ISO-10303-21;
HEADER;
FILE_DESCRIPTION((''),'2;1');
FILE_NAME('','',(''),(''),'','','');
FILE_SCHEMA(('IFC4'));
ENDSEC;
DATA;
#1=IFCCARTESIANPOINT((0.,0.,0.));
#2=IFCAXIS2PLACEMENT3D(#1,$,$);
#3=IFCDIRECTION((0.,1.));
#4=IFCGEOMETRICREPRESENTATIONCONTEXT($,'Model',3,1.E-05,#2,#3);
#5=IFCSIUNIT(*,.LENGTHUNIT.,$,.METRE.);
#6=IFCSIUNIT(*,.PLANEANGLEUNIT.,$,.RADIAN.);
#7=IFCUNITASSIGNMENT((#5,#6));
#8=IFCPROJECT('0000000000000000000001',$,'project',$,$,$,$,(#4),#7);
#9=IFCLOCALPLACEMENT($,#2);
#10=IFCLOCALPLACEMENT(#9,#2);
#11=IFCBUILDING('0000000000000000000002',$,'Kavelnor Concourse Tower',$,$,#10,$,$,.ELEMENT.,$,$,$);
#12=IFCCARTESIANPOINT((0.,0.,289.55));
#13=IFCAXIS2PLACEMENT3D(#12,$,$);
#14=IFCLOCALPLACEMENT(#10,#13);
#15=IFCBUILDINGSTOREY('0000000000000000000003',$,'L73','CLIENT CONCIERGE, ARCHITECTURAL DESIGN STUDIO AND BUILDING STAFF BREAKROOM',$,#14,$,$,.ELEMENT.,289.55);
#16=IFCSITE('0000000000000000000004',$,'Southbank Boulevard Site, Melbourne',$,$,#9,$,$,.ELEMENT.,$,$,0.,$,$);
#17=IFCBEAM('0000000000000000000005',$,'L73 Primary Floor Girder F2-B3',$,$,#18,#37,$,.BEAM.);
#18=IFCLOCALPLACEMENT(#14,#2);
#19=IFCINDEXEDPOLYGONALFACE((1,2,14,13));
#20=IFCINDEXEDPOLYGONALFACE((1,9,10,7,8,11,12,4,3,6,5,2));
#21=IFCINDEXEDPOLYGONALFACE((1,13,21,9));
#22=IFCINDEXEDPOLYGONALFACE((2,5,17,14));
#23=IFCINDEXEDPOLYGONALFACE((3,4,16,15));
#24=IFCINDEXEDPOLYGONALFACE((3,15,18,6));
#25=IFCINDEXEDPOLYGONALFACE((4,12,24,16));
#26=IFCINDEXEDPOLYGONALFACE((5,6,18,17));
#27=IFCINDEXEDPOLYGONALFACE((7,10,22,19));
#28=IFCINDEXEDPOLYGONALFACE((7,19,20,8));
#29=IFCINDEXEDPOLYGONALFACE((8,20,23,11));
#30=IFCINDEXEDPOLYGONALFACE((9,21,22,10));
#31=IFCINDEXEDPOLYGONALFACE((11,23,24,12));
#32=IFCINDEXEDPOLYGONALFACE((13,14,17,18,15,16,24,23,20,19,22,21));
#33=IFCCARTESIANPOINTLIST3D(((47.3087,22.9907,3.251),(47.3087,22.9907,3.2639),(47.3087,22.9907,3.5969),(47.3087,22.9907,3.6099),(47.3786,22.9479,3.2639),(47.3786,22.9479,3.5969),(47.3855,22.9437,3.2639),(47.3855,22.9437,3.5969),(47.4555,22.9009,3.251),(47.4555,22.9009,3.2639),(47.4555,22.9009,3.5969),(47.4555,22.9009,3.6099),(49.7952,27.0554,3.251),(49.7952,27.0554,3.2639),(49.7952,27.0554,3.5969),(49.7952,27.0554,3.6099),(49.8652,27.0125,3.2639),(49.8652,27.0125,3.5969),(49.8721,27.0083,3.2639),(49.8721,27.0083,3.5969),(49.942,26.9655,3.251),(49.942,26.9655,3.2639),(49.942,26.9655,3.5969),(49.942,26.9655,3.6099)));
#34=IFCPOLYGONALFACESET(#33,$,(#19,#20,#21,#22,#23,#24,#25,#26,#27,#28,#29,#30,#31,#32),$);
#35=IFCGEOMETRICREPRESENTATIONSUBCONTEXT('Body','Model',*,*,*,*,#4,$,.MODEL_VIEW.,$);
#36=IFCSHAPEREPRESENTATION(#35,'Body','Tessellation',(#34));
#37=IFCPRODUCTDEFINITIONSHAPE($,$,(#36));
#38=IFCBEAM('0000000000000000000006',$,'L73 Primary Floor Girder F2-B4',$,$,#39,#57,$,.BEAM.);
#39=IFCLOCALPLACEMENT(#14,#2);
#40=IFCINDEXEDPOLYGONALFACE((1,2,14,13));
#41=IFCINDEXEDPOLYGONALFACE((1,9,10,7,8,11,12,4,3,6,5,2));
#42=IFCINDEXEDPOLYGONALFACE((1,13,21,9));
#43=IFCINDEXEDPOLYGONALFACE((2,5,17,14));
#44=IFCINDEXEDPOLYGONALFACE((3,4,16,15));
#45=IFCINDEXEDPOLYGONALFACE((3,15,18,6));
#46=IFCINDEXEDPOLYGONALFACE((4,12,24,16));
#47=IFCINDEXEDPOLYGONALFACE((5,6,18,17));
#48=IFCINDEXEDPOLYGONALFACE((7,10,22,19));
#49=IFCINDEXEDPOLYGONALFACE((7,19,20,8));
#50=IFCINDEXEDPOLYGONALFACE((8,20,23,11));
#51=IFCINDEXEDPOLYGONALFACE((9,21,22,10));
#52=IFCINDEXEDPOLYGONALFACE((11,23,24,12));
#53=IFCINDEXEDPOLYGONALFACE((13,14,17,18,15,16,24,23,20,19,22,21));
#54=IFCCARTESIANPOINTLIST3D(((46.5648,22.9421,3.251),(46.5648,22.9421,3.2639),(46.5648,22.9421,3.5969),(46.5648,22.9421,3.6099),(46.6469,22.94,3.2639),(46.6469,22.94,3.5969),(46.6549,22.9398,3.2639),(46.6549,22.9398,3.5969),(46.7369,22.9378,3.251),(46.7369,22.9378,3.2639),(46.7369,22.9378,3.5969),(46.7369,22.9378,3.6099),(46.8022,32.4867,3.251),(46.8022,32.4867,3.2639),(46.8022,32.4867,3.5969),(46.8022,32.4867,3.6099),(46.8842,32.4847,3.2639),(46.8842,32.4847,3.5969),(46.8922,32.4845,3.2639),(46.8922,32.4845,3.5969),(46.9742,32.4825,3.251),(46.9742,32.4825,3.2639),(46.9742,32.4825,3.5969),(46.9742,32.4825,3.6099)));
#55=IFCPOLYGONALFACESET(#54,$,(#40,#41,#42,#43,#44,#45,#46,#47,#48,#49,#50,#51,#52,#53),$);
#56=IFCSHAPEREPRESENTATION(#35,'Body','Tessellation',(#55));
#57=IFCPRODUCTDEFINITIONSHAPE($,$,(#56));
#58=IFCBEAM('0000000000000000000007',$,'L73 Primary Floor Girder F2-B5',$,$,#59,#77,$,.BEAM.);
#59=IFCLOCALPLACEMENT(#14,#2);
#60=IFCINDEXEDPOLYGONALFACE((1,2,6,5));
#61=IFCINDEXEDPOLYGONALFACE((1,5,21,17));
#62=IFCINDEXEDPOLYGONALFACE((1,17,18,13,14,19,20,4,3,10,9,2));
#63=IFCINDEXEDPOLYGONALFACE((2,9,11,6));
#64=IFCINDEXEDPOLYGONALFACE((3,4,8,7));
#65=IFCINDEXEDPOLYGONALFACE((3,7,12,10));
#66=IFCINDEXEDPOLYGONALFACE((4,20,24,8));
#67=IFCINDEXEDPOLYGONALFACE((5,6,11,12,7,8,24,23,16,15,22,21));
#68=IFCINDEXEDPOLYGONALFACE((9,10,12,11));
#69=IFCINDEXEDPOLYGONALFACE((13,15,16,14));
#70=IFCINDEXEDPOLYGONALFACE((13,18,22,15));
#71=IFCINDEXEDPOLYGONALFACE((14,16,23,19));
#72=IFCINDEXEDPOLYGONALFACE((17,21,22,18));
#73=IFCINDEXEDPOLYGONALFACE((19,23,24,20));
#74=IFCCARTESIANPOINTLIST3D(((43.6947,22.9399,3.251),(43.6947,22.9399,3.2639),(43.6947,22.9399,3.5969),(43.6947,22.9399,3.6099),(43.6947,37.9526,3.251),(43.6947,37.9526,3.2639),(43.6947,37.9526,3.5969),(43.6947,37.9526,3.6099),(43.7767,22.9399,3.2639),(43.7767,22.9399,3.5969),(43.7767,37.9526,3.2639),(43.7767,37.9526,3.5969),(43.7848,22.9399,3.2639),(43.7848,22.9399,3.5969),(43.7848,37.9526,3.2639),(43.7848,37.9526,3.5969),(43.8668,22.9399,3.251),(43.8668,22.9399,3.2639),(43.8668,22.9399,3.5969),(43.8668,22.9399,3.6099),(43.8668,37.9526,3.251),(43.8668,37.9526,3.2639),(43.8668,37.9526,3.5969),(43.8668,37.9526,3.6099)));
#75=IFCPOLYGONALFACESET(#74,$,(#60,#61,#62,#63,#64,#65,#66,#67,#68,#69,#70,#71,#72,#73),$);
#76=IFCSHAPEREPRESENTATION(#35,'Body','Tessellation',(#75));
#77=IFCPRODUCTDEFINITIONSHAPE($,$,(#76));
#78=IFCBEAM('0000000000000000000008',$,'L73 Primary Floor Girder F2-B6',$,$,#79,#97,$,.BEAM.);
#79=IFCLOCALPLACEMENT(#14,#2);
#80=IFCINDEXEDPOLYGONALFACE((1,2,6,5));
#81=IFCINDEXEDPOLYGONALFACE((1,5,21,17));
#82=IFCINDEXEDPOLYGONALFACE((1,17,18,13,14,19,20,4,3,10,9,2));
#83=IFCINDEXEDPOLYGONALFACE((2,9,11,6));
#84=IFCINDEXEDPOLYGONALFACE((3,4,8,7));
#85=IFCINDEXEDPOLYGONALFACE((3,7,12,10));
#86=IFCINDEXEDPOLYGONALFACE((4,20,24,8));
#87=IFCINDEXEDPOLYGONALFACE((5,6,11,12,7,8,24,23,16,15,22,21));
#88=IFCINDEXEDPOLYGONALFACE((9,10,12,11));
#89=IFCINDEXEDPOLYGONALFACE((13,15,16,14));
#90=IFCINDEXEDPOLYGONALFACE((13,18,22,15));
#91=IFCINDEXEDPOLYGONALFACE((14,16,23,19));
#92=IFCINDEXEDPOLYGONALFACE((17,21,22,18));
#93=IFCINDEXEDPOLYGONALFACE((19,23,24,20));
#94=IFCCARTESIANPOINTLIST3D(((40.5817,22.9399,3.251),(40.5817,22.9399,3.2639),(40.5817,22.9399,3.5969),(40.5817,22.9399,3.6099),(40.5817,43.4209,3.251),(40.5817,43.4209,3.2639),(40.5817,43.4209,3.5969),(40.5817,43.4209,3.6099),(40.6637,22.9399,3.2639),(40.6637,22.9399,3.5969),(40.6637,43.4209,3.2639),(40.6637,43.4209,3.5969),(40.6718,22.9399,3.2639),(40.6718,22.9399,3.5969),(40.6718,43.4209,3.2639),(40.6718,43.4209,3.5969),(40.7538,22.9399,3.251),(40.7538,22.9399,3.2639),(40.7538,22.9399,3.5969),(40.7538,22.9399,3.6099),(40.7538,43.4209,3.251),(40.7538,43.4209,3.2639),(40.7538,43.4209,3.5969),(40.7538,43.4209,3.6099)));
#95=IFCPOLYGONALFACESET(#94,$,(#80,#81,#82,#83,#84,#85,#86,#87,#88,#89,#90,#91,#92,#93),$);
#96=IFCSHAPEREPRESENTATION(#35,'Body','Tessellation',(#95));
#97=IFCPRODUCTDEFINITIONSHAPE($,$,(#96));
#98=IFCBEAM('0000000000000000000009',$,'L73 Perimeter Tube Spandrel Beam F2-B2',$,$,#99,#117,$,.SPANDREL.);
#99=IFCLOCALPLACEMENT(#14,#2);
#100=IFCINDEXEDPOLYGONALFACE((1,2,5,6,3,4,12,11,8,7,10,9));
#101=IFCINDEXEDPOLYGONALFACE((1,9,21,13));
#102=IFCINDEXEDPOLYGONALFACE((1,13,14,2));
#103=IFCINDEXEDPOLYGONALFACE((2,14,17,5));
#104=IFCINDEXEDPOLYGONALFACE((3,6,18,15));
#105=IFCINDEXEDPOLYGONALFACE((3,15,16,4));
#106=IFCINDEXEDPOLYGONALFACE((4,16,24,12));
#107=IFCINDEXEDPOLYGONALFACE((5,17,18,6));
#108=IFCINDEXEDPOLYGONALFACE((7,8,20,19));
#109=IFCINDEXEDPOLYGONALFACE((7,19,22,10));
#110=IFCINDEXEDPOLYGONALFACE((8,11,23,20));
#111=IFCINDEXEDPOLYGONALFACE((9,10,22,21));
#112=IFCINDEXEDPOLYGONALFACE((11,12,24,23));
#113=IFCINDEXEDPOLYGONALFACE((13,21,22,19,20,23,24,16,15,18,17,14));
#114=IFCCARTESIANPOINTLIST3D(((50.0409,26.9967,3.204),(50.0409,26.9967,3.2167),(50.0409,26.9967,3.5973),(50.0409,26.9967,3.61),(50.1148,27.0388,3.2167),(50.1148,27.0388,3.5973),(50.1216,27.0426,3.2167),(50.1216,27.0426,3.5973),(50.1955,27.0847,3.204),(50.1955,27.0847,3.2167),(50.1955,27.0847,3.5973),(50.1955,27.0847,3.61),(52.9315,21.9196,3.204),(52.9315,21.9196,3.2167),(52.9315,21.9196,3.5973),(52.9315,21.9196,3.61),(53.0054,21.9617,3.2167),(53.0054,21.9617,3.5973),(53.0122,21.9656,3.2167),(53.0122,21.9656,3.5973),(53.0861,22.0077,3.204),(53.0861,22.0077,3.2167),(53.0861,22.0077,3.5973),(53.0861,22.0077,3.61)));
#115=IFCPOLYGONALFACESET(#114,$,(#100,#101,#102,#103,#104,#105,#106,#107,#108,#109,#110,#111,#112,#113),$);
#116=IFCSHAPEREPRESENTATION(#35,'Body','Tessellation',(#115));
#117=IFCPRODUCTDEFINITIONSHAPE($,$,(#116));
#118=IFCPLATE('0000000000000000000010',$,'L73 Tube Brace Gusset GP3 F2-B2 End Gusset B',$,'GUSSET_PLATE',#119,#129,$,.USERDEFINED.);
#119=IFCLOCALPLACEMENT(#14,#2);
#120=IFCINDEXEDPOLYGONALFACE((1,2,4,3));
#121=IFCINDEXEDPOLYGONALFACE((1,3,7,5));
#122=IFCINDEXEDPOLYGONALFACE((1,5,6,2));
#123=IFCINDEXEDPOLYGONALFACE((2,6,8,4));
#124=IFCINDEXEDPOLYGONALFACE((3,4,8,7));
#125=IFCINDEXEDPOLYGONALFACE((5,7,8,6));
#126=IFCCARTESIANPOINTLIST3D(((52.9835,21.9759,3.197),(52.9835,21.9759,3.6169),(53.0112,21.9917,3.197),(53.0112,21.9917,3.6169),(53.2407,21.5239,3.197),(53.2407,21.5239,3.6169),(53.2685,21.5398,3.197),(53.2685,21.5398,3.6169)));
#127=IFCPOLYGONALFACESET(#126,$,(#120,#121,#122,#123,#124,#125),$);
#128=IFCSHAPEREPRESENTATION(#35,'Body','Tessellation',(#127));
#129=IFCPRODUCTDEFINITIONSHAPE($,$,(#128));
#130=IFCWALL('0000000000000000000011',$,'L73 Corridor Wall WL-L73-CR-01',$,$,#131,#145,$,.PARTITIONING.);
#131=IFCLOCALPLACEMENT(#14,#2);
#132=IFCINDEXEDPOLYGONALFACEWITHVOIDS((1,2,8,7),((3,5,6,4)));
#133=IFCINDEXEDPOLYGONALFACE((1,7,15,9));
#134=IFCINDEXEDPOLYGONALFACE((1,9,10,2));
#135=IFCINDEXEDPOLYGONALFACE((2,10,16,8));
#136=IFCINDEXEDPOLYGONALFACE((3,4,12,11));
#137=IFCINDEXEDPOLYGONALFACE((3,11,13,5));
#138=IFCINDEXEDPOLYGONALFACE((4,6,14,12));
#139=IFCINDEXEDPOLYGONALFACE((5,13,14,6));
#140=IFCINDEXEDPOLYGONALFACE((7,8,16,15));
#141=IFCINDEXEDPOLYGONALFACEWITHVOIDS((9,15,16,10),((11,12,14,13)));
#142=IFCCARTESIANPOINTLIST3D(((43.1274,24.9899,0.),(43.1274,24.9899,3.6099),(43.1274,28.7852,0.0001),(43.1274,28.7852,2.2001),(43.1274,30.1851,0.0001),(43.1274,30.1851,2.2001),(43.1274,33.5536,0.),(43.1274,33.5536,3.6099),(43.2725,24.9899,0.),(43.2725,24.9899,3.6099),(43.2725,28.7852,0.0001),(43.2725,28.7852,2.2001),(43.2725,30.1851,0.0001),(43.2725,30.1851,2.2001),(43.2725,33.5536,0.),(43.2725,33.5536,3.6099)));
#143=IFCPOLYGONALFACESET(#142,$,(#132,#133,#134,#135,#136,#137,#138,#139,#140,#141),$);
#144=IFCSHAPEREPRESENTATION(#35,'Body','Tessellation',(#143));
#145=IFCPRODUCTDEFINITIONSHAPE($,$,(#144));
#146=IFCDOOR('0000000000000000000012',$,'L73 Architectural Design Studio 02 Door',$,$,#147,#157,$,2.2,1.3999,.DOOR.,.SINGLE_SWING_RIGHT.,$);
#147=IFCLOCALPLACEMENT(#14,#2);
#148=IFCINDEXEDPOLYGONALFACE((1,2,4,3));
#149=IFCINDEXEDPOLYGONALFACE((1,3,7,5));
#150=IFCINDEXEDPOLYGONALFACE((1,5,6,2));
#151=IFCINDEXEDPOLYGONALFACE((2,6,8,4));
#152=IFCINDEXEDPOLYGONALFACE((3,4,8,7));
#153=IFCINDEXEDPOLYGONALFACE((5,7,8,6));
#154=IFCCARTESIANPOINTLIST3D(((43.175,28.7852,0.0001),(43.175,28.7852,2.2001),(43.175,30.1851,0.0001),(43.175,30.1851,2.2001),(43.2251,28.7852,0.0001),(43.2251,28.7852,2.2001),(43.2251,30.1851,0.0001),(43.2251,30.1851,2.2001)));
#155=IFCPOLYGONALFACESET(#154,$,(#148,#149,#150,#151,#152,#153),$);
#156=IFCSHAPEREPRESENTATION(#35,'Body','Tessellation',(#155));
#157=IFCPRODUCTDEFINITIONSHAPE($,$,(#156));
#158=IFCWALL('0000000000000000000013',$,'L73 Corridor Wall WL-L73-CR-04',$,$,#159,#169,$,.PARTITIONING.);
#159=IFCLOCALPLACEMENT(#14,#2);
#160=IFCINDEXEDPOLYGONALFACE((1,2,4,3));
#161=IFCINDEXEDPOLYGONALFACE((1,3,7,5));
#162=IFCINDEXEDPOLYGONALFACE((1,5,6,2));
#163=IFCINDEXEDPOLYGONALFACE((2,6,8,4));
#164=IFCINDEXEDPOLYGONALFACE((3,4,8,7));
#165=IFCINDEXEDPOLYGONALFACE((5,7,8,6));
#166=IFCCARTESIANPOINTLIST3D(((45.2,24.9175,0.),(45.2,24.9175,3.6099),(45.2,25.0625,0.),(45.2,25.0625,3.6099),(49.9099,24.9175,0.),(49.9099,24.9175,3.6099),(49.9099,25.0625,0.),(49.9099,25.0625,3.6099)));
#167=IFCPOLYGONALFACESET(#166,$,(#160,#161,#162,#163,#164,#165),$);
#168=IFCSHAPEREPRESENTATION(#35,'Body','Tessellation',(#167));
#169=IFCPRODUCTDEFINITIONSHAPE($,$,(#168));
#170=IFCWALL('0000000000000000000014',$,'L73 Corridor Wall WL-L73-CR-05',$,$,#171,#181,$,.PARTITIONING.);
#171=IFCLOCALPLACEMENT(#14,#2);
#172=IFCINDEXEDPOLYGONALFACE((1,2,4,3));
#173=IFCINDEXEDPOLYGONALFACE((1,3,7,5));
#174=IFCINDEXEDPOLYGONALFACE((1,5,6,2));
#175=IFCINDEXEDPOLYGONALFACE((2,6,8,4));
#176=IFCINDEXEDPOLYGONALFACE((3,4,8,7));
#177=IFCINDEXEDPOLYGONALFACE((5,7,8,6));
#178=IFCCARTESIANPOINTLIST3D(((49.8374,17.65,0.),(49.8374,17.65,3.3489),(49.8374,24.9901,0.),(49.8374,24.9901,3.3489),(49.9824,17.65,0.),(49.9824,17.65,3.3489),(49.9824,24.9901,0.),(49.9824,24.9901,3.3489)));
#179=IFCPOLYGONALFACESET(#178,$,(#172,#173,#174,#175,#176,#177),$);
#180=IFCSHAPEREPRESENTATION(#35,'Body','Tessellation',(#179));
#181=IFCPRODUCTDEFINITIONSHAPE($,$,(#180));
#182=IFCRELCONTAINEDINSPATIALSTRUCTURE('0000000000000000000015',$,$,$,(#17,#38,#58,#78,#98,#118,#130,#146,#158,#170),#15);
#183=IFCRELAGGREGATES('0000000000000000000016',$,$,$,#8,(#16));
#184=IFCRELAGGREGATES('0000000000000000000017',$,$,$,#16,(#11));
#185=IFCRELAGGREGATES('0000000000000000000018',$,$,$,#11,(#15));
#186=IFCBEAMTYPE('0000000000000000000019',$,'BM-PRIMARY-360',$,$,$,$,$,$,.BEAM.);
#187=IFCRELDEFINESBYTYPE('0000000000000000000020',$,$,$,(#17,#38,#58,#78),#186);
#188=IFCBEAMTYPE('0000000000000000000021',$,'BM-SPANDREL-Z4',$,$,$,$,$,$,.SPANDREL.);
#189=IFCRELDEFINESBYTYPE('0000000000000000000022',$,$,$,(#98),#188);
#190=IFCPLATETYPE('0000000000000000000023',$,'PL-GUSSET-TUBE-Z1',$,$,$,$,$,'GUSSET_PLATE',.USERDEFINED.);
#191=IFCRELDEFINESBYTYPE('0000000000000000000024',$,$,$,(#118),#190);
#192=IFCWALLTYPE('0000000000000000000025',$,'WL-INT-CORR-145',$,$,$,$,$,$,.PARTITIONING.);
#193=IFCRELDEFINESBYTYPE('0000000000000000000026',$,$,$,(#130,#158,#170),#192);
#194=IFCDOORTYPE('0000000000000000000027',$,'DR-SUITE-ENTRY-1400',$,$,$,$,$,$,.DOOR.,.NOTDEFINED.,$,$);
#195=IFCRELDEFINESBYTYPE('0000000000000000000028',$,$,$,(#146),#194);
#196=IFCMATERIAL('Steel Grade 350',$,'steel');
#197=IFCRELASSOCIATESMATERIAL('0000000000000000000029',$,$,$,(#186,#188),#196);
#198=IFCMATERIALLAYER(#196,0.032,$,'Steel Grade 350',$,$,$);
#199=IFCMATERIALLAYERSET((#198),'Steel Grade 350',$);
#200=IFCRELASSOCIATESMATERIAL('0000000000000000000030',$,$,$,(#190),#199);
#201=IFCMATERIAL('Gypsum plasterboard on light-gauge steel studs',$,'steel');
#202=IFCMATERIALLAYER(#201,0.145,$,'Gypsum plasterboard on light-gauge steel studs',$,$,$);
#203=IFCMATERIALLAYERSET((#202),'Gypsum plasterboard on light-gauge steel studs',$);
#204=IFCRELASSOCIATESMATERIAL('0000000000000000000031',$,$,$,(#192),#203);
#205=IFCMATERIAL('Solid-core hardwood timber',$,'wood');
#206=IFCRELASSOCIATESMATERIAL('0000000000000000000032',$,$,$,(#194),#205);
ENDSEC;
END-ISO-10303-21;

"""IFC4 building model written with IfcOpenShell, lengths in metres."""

from ifc_helpers import new_model, si_unit, direction, frame, frame_2d, origin, origin_2d, place, context, subcontext, project, spatial, rectangle, i_section, extrude, material, layer, layer_set, material_profile, profile_set, type_object, element, fill, save


model = new_model("IFC4")

# Units and contexts
model_context = context("Model", 3, precision=1e-05, world=origin(), true_north=direction((0.0, 1.0)))
body_context = subcontext(model_context, "Body", "Model", "MODEL_VIEW")
ifc_project = project(units=[si_unit("LENGTHUNIT", "METRE"), si_unit("PLANEANGLEUNIT", "RADIAN")], contexts=[model_context])

# Site, building, storey
site_placement = place(None, origin())
site = spatial("IfcSite", under=ifc_project, at=site_placement, Name="Southbank Boulevard Site, Melbourne", CompositionType="ELEMENT", RefElevation=0.0)
building_placement = place(site_placement, origin())
building = spatial("IfcBuilding", under=site, at=building_placement, Name="Kavelnor Concourse Tower", CompositionType="ELEMENT")
storey_placement = place(building_placement, frame((0.0, 0.0, 289.55)))
storey = spatial("IfcBuildingStorey", under=building, at=storey_placement, Name="L73", Description="CLIENT CONCIERGE, ARCHITECTURAL DESIGN STUDIO AND BUILDING STAFF BREAKROOM", CompositionType="ELEMENT", Elevation=289.55)

# Shared definitions
ifc_material_1 = material(Name="Steel Grade 350", Category="steel")

# Beams
ifc_material_profile_1 = material_profile(ifc_material_1, i_section(OverallWidth=0.1721, OverallDepth=0.3589, WebThickness=0.0081, FlangeThickness=0.0129, at=origin_2d()), Name="360UB56")
ifc_profile_set_1 = profile_set([ifc_material_profile_1], Name="Steel Grade 350")
beam_type_1 = type_object("IfcBeamType", Name="BM-PRIMARY-360", PredefinedType="BEAM", material=ifc_profile_set_1)
beam_1_placement = place(storey_placement, frame((47.3821, 22.9458, 3.4304), z_axis=(0.521846, 0.85304, 0.0), x_axis=(-0.85304, 0.521846, 0.0)))
element("IfcBeam", 1, at=beam_1_placement, inside=storey, type_object=beam_type_1, Name="L73 Primary Floor Girder F2-B3", PredefinedType="BEAM", context=body_context, shape_type="SweptSolid", body=[
    extrude(i_section(OverallWidth=0.1721, OverallDepth=0.3589, WebThickness=0.0081, FlangeThickness=0.0129, at=origin_2d()), origin(), (0.0, 0.0, 1.0), 4.7649),
])
beam_2_placement = place(storey_placement, frame((46.6509, 22.9399, 3.4304), z_axis=(0.024855, 0.999691, 0.0), x_axis=(-0.999691, 0.024855, 0.0)))
element("IfcBeam", 2, at=beam_2_placement, inside=storey, type_object=beam_type_1, Name="L73 Primary Floor Girder F2-B4", PredefinedType="BEAM", context=body_context, shape_type="SweptSolid", body=[
    extrude(i_section(OverallWidth=0.1721, OverallDepth=0.3589, WebThickness=0.0081, FlangeThickness=0.0129, at=origin_2d()), origin(), (0.0, 0.0, 1.0), 9.5476),
])
beam_3_placement = place(storey_placement, frame((43.7808, 22.9399, 3.4304), z_axis=(0.0, 1.0, 0.0), x_axis=(-1.0, 0.0, 0.0)))
element("IfcBeam", 3, at=beam_3_placement, inside=storey, type_object=beam_type_1, Name="L73 Primary Floor Girder F2-B5", PredefinedType="BEAM", context=body_context, shape_type="SweptSolid", body=[
    extrude(i_section(OverallWidth=0.1721, OverallDepth=0.3589, WebThickness=0.0081, FlangeThickness=0.0129, at=origin_2d()), origin(), (0.0, 0.0, 1.0), 15.0127),
])
beam_4_placement = place(storey_placement, frame((40.6677, 22.9399, 3.4304), z_axis=(0.0, 1.0, 0.0), x_axis=(-1.0, 0.0, 0.0)))
element("IfcBeam", 4, at=beam_4_placement, inside=storey, type_object=beam_type_1, Name="L73 Primary Floor Girder F2-B6", PredefinedType="BEAM", context=body_context, shape_type="SweptSolid", body=[
    extrude(i_section(OverallWidth=0.1721, OverallDepth=0.3589, WebThickness=0.0081, FlangeThickness=0.0129, at=origin_2d()), origin(), (0.0, 0.0, 1.0), 20.481),
])
ifc_material_profile_2 = material_profile(ifc_material_1, i_section(OverallWidth=0.178, OverallDepth=0.406, WebThickness=0.0078, FlangeThickness=0.0127, at=origin_2d()), Name="410UB59")
ifc_profile_set_2 = profile_set([ifc_material_profile_2], Name="Steel Grade 350")
beam_type_2 = type_object("IfcBeamType", Name="BM-SPANDREL-Z4", PredefinedType="SPANDREL", material=ifc_profile_set_2)
beam_5_placement = place(storey_placement, frame((53.0088, 21.9636, 3.407), z_axis=(-0.49477, 0.869024, 0.0), x_axis=(-0.869024, -0.49477, 0.0)))
element("IfcBeam", 5, at=beam_5_placement, inside=storey, type_object=beam_type_2, Name="L73 Perimeter Tube Spandrel Beam F2-B2", PredefinedType="SPANDREL", context=body_context, shape_type="SweptSolid", body=[
    extrude(i_section(OverallWidth=0.178, OverallDepth=0.406, WebThickness=0.0078, FlangeThickness=0.0127, at=origin_2d()), origin(), (0.0, 0.0, 1.0), 5.8423),
])

# Plate
ifc_layer_1 = layer(ifc_material_1, 0.032, Name="Steel Grade 350")
ifc_layer_set_1 = layer_set([ifc_layer_1], Name="Steel Grade 350")
plate_type = type_object("IfcPlateType", Name="PL-GUSSET-TUBE-Z1", ElementType="GUSSET_PLATE", PredefinedType="USERDEFINED", material=ifc_layer_set_1)
plate_placement = place(storey_placement, frame((53.126, 21.7578, 3.197), z_axis=(0.0, 0.0, 1.0), x_axis=(0.4947, -0.869064, 0.0)))
element("IfcPlate", 6, at=plate_placement, inside=storey, type_object=plate_type, Name="L73 Tube Brace Gusset GP3 F2-B2 End Gusset B", ObjectType="GUSSET_PLATE", PredefinedType="USERDEFINED", context=body_context, shape_type="SweptSolid", body=[
    extrude(rectangle(XDim=0.52, YDim=0.032, at=origin_2d()), origin(), (0.0, 0.0, 1.0), 0.4199),
])

# Wall, opening, door
ifc_material_2 = material(Name="Gypsum plasterboard on light-gauge steel studs", Category="steel")
ifc_layer_2 = layer(ifc_material_2, 0.145, Name="Gypsum plasterboard on light-gauge steel studs")
ifc_layer_set_2 = layer_set([ifc_layer_2], Name="Gypsum plasterboard on light-gauge steel studs")
wall_type_1 = type_object("IfcWallType", Name="WL-INT-CORR-145", PredefinedType="PARTITIONING", material=ifc_layer_set_2)
wall_1_placement = place(storey_placement, frame((43.2, 24.99, 0.0), z_axis=(0.0, 0.0, 1.0), x_axis=(0.0, 1.0, 0.0)))
wall_1 = element("IfcWall", 7, at=wall_1_placement, inside=storey, type_object=wall_type_1, Name="L73 Corridor Wall WL-L73-CR-01", PredefinedType="PARTITIONING", context=body_context, shape_type="SweptSolid", body=[
    extrude(rectangle(XDim=8.5637, YDim=0.145, at=frame_2d((4.2817, 0.0))), origin(), (0.0, 0.0, 1.0), 3.6099),
])
opening_placement = place(wall_1_placement, frame((3.7952, 0.0, 0.0)))
opening = element("IfcOpeningElement", 8, at=opening_placement, cuts=wall_1, PredefinedType="OPENING", context=body_context, shape_type="SweptSolid", body=[
    extrude(rectangle(XDim=1.3999, YDim=2.2, at=frame_2d((0.7, 1.1001))), frame((0.0, 0.0825, 0.0), z_axis=(0.0, -1.0, 0.0), x_axis=(1.0, 0.0, 0.0)), (0.0, 0.0, 1.0), 0.165),
])
ifc_material_3 = material(Name="Solid-core hardwood timber", Category="wood")
door_type = type_object("IfcDoorType", Name="DR-SUITE-ENTRY-1400", OperationType="NOTDEFINED", PredefinedType="DOOR", material=ifc_material_3)
door_placement = place(opening_placement, origin())
door = element("IfcDoor", 9, at=door_placement, inside=storey, type_object=door_type, Name="L73 Architectural Design Studio 02 Door", OperationType="SINGLE_SWING_RIGHT", OverallHeight=2.2, OverallWidth=1.3999, PredefinedType="DOOR", context=body_context, shape_type="SweptSolid", body=[
    extrude(rectangle(XDim=1.3999, YDim=2.2, at=frame_2d((0.7, 1.1001))), frame((0.0, 0.0249, 0.0), z_axis=(0.0, -1.0, 0.0), x_axis=(1.0, 0.0, 0.0)), (0.0, 0.0, 1.0), 0.05),
])
fill(opening, door)

# Walls
wall_2_placement = place(storey_placement, frame((45.2, 24.99, 0.0), z_axis=(0.0, 0.0, 1.0), x_axis=(1.0, 0.0, 0.0)))
element("IfcWall", 10, at=wall_2_placement, inside=storey, type_object=wall_type_1, Name="L73 Corridor Wall WL-L73-CR-04", PredefinedType="PARTITIONING", context=body_context, shape_type="SweptSolid", body=[
    extrude(rectangle(XDim=4.71, YDim=0.145, at=frame_2d((2.355, 0.0))), origin(), (0.0, 0.0, 1.0), 3.6099),
])
wall_3_placement = place(storey_placement, frame((49.9099, 24.99, 0.0), z_axis=(0.0, 0.0, 1.0), x_axis=(0.0, -1.0, 0.0)))
element("IfcWall", 11, at=wall_3_placement, inside=storey, type_object=wall_type_1, Name="L73 Corridor Wall WL-L73-CR-05", PredefinedType="PARTITIONING", context=body_context, shape_type="SweptSolid", body=[
    extrude(rectangle(XDim=7.3401, YDim=0.145, at=frame_2d((3.6699, 0.0))), origin(), (0.0, 0.0, 1.0), 3.3489),
])

save(model, "model.ifc")
